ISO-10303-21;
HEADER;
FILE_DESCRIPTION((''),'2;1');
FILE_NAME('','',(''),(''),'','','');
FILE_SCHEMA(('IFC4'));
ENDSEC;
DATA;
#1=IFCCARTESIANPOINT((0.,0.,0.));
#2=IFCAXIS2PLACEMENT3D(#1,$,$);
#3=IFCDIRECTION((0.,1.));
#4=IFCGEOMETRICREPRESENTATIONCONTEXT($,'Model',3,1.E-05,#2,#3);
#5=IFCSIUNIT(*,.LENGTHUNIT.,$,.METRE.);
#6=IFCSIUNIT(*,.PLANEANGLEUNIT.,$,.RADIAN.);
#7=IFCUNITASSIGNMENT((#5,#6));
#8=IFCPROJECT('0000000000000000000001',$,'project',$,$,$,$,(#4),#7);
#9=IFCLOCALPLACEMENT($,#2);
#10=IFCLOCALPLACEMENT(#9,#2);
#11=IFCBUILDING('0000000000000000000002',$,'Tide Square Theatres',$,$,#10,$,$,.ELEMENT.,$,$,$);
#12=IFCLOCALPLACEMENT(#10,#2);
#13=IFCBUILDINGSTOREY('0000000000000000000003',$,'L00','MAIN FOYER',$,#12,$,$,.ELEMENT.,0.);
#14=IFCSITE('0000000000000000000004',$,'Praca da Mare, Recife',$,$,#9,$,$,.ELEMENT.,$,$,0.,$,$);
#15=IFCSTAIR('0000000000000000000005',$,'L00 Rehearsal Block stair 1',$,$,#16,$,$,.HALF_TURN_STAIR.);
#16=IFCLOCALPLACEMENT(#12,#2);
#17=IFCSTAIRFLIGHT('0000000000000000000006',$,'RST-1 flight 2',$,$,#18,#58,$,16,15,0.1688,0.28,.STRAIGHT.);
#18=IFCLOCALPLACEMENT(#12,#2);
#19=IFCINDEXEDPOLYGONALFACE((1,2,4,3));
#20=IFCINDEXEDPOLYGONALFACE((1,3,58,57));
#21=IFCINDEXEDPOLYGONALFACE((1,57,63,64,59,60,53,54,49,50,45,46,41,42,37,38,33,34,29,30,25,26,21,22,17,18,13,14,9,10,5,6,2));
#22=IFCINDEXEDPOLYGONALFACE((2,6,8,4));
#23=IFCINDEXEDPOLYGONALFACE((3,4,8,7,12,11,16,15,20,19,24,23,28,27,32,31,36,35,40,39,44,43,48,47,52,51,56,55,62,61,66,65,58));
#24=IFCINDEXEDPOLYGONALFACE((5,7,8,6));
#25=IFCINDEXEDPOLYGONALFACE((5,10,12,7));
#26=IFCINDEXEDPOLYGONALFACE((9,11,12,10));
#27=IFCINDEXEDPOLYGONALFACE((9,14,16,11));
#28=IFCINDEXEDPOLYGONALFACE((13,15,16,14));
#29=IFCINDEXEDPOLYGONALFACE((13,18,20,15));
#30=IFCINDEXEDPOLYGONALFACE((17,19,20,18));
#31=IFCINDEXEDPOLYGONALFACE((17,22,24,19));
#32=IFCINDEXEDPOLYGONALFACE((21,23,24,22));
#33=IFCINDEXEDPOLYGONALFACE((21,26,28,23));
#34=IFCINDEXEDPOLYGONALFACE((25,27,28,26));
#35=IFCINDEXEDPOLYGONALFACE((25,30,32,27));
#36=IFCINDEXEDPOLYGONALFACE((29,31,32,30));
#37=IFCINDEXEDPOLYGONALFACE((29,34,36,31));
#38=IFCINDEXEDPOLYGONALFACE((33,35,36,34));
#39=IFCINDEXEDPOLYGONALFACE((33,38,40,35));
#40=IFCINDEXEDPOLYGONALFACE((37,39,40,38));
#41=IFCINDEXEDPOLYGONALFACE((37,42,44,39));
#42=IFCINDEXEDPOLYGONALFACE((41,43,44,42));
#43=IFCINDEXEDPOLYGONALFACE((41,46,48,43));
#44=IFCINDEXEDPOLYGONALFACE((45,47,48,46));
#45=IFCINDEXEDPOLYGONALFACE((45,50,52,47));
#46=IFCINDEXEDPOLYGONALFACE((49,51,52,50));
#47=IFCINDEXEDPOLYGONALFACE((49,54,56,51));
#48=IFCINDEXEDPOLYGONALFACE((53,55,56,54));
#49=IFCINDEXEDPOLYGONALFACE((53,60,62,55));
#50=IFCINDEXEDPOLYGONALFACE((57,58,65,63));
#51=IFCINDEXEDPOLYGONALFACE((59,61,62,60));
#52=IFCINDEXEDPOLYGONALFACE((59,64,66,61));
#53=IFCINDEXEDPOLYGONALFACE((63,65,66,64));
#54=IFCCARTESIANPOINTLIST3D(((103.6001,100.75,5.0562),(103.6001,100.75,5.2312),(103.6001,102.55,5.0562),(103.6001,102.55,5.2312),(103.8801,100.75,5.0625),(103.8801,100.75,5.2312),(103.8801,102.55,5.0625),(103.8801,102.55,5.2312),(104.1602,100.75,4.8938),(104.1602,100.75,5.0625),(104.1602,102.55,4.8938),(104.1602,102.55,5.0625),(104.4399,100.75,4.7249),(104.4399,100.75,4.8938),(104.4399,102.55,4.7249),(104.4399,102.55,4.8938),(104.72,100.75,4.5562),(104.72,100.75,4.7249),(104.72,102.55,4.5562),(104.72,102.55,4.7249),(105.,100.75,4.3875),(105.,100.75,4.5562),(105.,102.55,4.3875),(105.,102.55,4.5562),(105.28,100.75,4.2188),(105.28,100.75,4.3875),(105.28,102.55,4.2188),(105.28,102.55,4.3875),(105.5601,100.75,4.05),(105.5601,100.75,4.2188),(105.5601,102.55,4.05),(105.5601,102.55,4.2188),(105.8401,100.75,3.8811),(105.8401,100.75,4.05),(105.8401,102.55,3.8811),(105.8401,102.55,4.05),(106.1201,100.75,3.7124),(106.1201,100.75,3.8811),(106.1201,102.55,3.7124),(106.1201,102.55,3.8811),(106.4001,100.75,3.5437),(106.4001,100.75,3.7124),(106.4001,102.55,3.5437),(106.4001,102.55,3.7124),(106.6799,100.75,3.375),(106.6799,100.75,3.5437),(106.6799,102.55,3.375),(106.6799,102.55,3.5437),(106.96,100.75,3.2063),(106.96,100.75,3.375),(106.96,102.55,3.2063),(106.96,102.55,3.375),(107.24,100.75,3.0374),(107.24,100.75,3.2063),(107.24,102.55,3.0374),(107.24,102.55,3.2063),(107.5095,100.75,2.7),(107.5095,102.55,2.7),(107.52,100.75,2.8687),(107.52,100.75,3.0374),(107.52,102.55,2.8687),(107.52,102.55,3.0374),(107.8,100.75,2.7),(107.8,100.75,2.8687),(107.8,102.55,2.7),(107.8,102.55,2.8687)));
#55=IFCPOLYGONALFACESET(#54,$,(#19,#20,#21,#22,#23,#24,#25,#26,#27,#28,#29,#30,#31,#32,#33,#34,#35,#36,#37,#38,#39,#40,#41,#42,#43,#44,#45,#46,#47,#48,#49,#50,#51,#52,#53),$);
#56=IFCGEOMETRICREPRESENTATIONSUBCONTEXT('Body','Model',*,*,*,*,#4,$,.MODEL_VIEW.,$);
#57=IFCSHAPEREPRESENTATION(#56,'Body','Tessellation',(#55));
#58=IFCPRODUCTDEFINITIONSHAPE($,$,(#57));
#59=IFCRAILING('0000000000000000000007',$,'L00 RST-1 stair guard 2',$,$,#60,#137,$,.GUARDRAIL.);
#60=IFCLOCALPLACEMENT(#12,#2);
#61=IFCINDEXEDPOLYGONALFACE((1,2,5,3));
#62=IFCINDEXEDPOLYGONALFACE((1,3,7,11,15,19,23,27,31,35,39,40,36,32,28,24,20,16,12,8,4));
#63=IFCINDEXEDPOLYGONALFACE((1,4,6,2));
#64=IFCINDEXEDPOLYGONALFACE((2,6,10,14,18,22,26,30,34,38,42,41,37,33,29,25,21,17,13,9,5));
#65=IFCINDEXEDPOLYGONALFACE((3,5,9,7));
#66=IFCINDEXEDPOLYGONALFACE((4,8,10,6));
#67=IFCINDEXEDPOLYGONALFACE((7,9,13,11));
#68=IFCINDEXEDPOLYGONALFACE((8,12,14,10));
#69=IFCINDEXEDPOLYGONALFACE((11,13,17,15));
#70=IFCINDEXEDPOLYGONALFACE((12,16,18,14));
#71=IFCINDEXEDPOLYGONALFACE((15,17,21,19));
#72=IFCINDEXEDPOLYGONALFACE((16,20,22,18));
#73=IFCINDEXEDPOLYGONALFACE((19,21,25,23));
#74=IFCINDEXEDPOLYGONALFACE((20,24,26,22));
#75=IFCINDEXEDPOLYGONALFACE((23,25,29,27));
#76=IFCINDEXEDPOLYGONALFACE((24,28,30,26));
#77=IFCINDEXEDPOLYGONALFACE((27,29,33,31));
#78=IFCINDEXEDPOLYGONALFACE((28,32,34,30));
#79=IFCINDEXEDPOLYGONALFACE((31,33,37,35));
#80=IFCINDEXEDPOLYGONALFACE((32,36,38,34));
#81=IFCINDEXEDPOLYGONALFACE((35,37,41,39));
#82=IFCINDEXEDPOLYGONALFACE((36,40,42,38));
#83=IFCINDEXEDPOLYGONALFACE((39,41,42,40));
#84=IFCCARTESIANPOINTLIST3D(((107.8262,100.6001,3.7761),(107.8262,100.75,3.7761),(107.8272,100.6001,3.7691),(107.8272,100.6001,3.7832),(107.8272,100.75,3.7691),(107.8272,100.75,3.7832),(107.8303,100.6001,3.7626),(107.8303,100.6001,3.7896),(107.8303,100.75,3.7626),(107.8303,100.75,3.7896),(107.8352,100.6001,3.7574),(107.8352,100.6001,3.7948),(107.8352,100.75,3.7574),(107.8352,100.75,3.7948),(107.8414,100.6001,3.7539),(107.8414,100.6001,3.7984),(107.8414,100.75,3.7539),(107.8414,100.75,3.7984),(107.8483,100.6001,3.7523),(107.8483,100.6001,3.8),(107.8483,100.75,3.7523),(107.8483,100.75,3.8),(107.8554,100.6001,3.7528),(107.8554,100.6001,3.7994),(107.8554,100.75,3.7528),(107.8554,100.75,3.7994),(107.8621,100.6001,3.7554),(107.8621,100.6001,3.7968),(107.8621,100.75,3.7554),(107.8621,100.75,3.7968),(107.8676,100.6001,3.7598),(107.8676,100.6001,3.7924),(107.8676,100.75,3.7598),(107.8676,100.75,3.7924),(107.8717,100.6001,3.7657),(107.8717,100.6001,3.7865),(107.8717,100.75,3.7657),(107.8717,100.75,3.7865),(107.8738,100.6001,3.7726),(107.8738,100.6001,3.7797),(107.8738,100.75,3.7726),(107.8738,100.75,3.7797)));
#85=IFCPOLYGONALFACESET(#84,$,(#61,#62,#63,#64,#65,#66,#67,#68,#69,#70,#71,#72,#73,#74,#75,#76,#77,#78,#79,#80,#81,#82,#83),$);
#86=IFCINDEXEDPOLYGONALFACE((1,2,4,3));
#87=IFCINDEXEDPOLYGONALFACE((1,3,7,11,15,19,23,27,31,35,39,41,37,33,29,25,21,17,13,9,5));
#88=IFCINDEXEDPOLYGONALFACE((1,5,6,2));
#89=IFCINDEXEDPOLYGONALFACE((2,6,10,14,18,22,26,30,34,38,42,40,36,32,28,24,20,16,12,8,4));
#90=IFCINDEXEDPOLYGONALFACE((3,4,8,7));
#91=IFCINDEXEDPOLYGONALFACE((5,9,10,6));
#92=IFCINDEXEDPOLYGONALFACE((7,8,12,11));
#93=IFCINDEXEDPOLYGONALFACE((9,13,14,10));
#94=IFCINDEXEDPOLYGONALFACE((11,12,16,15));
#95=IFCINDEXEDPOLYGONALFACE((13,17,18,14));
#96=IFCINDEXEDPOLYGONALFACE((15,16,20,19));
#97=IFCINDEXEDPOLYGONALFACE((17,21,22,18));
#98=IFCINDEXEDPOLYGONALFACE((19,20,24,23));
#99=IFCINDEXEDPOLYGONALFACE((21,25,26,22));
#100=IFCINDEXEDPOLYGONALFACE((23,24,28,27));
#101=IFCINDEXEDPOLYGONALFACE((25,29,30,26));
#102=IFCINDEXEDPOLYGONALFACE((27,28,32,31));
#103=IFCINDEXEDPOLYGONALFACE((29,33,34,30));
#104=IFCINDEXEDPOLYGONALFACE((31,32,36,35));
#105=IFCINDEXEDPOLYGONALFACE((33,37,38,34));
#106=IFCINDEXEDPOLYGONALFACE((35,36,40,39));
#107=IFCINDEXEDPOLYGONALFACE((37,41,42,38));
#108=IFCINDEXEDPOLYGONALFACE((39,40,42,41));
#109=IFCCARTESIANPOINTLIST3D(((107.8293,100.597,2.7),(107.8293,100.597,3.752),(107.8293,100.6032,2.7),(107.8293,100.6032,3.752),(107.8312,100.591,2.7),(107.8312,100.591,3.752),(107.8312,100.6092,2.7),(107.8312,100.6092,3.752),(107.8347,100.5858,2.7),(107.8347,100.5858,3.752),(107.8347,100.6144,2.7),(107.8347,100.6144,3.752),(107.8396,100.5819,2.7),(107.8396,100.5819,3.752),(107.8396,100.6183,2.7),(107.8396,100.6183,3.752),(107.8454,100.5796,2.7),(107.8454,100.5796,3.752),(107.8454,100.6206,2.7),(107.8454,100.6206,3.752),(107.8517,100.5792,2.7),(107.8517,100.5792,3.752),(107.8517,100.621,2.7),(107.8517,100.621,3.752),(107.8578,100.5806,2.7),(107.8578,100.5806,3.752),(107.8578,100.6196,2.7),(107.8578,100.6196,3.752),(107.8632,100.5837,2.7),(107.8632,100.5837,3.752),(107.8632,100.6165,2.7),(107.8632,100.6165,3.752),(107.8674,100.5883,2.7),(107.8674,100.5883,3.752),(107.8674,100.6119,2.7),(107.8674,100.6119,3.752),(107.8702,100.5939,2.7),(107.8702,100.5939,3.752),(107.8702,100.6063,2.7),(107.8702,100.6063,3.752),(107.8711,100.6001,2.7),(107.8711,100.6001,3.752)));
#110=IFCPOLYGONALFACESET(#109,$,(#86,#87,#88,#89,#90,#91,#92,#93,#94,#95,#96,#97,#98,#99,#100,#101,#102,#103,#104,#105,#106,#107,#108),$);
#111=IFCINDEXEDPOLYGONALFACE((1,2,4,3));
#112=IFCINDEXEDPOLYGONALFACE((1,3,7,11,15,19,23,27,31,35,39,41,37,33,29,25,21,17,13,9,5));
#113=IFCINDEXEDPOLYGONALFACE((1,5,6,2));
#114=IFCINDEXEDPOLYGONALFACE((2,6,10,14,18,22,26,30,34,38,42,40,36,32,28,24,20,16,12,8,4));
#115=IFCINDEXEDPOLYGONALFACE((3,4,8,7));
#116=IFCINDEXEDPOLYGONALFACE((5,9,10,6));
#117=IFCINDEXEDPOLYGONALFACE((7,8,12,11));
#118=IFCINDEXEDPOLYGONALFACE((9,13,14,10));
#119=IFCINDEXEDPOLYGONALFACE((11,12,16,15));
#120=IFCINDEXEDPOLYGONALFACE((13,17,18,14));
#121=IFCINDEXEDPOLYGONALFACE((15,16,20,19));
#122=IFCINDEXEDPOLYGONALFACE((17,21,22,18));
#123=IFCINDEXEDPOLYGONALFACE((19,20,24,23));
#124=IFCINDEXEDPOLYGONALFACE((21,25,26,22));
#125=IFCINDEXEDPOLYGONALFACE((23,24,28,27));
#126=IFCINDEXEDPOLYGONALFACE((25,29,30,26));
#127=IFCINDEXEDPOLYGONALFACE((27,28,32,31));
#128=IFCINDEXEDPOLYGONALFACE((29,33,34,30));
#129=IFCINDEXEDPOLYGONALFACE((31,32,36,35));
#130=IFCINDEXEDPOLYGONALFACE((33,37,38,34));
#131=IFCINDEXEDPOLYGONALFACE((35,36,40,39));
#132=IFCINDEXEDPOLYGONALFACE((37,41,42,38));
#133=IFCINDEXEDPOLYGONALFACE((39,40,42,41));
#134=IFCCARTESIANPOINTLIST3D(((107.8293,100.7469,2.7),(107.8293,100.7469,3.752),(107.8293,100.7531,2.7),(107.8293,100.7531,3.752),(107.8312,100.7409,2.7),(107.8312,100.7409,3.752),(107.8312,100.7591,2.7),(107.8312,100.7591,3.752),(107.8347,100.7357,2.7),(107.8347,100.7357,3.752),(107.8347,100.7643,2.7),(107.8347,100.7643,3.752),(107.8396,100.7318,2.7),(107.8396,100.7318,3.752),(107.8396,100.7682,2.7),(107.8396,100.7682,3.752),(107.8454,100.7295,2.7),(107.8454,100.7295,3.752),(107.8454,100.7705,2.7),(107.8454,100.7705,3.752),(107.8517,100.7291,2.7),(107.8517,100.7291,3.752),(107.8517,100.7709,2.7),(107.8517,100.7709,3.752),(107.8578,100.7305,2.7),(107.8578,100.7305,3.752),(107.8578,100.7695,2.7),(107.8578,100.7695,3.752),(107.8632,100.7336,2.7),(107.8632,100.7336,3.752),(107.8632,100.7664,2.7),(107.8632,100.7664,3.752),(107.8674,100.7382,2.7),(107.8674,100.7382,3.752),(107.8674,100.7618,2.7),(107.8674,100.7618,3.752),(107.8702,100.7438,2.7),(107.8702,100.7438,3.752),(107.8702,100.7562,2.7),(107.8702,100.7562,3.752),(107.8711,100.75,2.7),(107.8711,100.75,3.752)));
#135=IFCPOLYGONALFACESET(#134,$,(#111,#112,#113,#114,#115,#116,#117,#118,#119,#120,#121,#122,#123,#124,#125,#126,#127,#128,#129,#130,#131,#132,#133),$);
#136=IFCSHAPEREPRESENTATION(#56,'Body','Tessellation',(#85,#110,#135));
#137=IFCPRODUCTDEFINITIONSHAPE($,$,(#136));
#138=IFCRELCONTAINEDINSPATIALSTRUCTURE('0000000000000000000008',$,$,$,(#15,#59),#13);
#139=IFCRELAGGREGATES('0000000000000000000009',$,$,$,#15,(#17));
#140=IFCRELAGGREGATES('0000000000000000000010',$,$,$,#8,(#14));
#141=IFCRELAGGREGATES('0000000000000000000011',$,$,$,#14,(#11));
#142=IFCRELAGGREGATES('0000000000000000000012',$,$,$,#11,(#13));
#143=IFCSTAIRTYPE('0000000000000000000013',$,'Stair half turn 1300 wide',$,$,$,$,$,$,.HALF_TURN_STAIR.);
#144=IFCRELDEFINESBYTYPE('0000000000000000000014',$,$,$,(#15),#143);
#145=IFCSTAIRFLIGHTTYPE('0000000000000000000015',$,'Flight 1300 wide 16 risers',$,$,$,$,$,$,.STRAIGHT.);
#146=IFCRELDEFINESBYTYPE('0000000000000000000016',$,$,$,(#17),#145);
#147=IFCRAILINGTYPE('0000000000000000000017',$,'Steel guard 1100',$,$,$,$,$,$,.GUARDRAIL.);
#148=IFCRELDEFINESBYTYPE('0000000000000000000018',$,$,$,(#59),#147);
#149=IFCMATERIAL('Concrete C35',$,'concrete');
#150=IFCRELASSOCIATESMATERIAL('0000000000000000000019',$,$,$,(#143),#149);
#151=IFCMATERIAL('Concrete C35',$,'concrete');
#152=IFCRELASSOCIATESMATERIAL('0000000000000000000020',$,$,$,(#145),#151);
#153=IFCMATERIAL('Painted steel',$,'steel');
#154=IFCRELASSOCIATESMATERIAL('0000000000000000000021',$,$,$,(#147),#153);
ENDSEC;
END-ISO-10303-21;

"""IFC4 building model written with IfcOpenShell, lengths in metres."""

from ifc_helpers import new_model, si_unit, direction, frame, origin, origin_2d, place, context, subcontext, project, spatial, polyline, circle, outline, extrude, material, type_object, element, aggregate, save


model = new_model("IFC4")

# Units and contexts
model_context = context("Model", 3, precision=1e-05, world=origin(), true_north=direction((0.0, 1.0)))
body_context = subcontext(model_context, "Body", "Model", "MODEL_VIEW")
ifc_project = project(units=[si_unit("LENGTHUNIT", "METRE"), si_unit("PLANEANGLEUNIT", "RADIAN")], contexts=[model_context])

# Site, building, storey
site_placement = place(None, origin())
site = spatial("IfcSite", under=ifc_project, at=site_placement, Name="Praca da Mare, Recife", CompositionType="ELEMENT", RefElevation=0.0)
building_placement = place(site_placement, origin())
building = spatial("IfcBuilding", under=site, at=building_placement, Name="Tide Square Theatres", CompositionType="ELEMENT")
storey_placement = place(building_placement, origin())
storey = spatial("IfcBuildingStorey", under=building, at=storey_placement, Name="L00", Description="MAIN FOYER", CompositionType="ELEMENT", Elevation=0.0)

# Stair, stair flight
ifc_material_1 = material(Name="Concrete C35", Category="concrete")
stair_type = type_object("IfcStairType", Name="Stair half turn 1300 wide", PredefinedType="HALF_TURN_STAIR", material=ifc_material_1)
stair_placement = place(storey_placement, origin())
stair = element("IfcStair", 1, at=stair_placement, inside=storey, type_object=stair_type, Name="L00 Rehearsal Block stair 1", PredefinedType="HALF_TURN_STAIR")
ifc_material_2 = material(Name="Concrete C35", Category="concrete")
stair_flight_type = type_object("IfcStairFlightType", Name="Flight 1300 wide 16 risers", PredefinedType="STRAIGHT", material=ifc_material_2)
stair_flight_placement = place(storey_placement, frame((107.8, 101.6499, 2.7), z_axis=(0.0, 0.0, 1.0), x_axis=(-1.0, 0.0, 0.0)))
stair_flight = element("IfcStairFlight", 2, at=stair_flight_placement, type_object=stair_flight_type, Name="RST-1 flight 2", NumberOfRisers=16, NumberOfTreads=15, PredefinedType="STRAIGHT", RiserHeight=0.1688, TreadLength=0.28, context=body_context, shape_type="SweptSolid", body=[
    extrude(outline(polyline([(0.0, 0.0), (0.0, 0.1687), (0.28, 0.1687), (0.28, 0.3374), (0.5601, 0.3374), (0.5601, 0.5063), (0.8401, 0.5063), (0.8401, 0.675), (1.1201, 0.675), (1.1201, 0.8438), (1.3999, 0.8438), (1.3999, 1.0125), (1.6799, 1.0125), (1.6799, 1.1812), (1.96, 1.1812), (1.96, 1.3501), (2.24, 1.3501), (2.24, 1.5188), (2.52, 1.5188), (2.52, 1.6875), (2.8, 1.6875), (2.8, 1.8562), (3.0801, 1.8562), (3.0801, 2.0249), (3.3601, 2.0249), (3.3601, 2.1938), (3.6399, 2.1938), (3.6399, 2.3625), (3.9199, 2.3625), (3.9199, 2.5312), (4.2, 2.5312), (4.2, 2.7), (4.2, 2.3562), (0.2905, 0.0), (0.0, 0.0)])), frame((0.0, 0.8999, 0.0), z_axis=(0.0, -1.0, 0.0), x_axis=(1.0, 0.0, 0.0)), (0.0, 0.0, 1.0), 1.8),
])
aggregate(stair, [stair_flight])

# Railing
ifc_material_3 = material(Name="Painted steel", Category="steel")
railing_type_1 = type_object("IfcRailingType", Name="Steel guard 1100", PredefinedType="GUARDRAIL", material=ifc_material_3)
railing_placement = place(storey_placement, frame((107.8501, 100.6001, 2.7)))
element("IfcRailing", 3, at=railing_placement, inside=storey, type_object=railing_type_1, Name="L00 RST-1 stair guard 2", PredefinedType="GUARDRAIL", context=body_context, shape_type="SweptSolid", body=[
    extrude(circle(Radius=0.0239, at=origin_2d()), frame((0.0, 0.0, 1.0762), z_axis=(0.0, 1.0, 0.0), x_axis=(-1.0, 0.0, 0.0)), (0.0, 0.0, 1.0), 0.1499),
    extrude(circle(Radius=0.021, at=origin_2d()), origin(), (0.0, 0.0, 1.0), 1.052),
    extrude(circle(Radius=0.021, at=origin_2d()), frame((0.0, 0.1499, 0.0)), (0.0, 0.0, 1.0), 1.052),
])

save(model, "model.ifc")
